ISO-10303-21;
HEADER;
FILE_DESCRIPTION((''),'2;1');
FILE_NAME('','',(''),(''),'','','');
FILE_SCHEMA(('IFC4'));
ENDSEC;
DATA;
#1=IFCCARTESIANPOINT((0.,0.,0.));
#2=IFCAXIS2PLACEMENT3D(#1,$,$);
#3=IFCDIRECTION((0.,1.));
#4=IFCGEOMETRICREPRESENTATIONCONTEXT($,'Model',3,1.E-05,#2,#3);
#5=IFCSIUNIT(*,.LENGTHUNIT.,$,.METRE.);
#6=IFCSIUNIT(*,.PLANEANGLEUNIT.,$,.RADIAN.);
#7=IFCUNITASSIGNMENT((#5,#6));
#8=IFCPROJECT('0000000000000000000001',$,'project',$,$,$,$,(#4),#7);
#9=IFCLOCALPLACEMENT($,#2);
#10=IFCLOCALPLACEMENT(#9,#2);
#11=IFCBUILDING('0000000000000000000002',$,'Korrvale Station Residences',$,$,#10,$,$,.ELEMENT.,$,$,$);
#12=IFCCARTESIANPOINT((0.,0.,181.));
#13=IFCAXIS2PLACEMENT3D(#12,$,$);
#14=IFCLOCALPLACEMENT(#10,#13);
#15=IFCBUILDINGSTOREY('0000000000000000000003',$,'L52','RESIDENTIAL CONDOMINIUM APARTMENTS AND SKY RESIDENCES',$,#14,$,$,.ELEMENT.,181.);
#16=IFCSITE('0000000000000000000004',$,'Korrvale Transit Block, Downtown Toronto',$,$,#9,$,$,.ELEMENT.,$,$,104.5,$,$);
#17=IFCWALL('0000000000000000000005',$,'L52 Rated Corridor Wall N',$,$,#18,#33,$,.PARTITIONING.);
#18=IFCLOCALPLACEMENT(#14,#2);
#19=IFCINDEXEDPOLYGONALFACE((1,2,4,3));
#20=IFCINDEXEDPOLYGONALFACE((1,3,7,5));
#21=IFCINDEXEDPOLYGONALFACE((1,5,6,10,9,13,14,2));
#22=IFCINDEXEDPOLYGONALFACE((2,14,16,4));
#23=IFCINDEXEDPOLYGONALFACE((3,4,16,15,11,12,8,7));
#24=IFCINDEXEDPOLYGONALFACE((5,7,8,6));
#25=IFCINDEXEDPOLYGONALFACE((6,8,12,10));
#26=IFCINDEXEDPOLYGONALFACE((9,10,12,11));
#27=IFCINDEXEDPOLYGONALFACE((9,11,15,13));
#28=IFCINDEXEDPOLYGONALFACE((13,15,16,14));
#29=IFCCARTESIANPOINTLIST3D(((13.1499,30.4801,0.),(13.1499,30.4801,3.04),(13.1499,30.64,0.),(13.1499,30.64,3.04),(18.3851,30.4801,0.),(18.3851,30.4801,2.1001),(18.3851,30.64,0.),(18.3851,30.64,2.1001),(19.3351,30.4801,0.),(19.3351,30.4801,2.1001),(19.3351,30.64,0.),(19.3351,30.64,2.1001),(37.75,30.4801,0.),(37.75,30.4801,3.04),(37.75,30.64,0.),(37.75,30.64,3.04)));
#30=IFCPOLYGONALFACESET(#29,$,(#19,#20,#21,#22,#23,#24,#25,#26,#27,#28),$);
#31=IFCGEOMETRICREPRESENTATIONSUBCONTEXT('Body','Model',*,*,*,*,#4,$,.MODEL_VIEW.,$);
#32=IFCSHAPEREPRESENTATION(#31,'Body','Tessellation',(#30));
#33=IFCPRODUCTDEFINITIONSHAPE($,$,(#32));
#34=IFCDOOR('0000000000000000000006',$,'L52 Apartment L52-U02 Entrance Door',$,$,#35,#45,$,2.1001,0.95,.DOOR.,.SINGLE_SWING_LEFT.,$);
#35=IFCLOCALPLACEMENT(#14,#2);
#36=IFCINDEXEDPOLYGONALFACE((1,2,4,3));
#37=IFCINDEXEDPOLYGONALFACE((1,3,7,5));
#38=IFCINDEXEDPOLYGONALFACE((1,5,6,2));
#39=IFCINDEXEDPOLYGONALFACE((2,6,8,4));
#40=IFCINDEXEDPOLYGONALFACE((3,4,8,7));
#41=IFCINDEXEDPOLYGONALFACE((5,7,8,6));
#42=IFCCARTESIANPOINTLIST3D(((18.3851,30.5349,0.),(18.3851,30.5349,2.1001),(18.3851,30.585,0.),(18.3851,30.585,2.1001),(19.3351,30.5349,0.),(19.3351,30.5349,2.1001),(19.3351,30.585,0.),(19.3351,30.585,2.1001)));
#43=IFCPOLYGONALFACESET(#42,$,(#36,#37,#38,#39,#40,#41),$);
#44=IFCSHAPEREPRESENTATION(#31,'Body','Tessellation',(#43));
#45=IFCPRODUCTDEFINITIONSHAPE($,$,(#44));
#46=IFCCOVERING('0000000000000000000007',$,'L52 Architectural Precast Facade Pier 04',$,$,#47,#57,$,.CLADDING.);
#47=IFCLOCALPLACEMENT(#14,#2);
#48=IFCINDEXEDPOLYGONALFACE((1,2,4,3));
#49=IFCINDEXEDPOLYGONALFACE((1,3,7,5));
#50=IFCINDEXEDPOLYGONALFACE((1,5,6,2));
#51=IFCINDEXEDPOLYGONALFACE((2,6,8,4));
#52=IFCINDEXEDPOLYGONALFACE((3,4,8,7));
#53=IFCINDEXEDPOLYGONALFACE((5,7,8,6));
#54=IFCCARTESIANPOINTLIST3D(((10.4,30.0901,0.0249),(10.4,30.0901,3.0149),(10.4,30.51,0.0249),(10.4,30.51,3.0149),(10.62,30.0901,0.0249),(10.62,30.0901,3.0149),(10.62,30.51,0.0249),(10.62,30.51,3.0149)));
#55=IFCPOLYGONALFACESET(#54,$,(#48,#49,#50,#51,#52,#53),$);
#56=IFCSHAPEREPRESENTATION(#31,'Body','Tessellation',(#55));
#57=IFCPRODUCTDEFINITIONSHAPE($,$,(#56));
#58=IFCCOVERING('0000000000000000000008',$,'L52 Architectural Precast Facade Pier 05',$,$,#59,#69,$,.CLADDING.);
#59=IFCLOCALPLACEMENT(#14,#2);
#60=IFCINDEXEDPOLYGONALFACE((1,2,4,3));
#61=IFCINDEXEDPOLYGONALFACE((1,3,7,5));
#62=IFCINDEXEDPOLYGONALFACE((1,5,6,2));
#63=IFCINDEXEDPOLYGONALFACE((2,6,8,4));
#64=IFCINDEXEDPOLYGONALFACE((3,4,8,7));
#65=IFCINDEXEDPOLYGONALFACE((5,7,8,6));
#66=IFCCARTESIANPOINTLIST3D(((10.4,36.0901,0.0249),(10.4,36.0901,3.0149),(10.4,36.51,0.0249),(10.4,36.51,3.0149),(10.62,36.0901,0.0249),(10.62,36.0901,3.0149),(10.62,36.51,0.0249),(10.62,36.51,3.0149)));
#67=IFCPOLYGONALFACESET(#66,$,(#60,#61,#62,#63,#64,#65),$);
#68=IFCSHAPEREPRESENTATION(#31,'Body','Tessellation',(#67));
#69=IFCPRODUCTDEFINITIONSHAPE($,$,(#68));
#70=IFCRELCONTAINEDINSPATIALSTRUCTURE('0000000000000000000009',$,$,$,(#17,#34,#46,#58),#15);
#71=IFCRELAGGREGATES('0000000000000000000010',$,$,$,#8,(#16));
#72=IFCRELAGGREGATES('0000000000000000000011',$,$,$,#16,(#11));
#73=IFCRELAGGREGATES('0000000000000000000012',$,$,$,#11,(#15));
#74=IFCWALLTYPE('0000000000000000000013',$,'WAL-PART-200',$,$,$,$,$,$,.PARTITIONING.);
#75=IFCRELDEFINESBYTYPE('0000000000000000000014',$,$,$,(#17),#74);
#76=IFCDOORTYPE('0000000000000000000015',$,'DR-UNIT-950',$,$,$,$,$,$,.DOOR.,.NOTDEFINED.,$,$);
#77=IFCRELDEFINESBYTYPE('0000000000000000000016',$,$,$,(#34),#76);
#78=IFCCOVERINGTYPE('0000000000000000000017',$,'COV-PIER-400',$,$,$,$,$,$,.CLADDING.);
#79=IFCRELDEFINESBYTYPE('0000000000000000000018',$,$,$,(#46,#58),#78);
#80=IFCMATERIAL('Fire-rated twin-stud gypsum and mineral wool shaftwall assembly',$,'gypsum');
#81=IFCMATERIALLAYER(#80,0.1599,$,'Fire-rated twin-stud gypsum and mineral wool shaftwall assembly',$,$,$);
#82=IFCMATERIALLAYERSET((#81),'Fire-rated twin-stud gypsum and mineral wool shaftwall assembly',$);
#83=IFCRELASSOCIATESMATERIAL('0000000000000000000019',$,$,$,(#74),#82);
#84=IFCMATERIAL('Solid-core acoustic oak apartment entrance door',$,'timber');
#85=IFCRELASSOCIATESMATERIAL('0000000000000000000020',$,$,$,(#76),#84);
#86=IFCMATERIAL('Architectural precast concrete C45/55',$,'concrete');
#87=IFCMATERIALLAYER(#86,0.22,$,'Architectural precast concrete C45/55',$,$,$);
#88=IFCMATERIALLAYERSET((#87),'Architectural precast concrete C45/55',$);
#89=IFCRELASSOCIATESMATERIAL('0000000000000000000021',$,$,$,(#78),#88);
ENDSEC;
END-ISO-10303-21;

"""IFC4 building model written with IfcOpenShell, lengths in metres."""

from ifc_helpers import new_model, si_unit, direction, frame, frame_2d, origin, origin_2d, place, context, subcontext, project, spatial, rectangle, extrude, material, layer, layer_set, type_object, element, fill, save


model = new_model("IFC4")

# Units and contexts
model_context = context("Model", 3, precision=1e-05, world=origin(), true_north=direction((0.0, 1.0)))
body_context = subcontext(model_context, "Body", "Model", "MODEL_VIEW")
ifc_project = project(units=[si_unit("LENGTHUNIT", "METRE"), si_unit("PLANEANGLEUNIT", "RADIAN")], contexts=[model_context])

# Site, building, storey
site_placement = place(None, origin())
site = spatial("IfcSite", under=ifc_project, at=site_placement, Name="Korrvale Transit Block, Downtown Toronto", CompositionType="ELEMENT", RefElevation=104.5)
building_placement = place(site_placement, origin())
building = spatial("IfcBuilding", under=site, at=building_placement, Name="Korrvale Station Residences", CompositionType="ELEMENT")
storey_placement = place(building_placement, frame((0.0, 0.0, 181.0)))
storey = spatial("IfcBuildingStorey", under=building, at=storey_placement, Name="L52", Description="RESIDENTIAL CONDOMINIUM APARTMENTS AND SKY RESIDENCES", CompositionType="ELEMENT", Elevation=181.0)

# Shared definitions
ifc_material_1 = material(Name="Fire-rated twin-stud gypsum and mineral wool shaftwall assembly", Category="gypsum")
ifc_layer_1 = layer(ifc_material_1, 0.1599, Name="Fire-rated twin-stud gypsum and mineral wool shaftwall assembly")
ifc_layer_set_1 = layer_set([ifc_layer_1], Name="Fire-rated twin-stud gypsum and mineral wool shaftwall assembly")
wall_type_1 = type_object("IfcWallType", Name="WAL-PART-200", PredefinedType="PARTITIONING", material=ifc_layer_set_1)

# Wall, opening, door
wall_1_placement = place(storey_placement, frame((13.1499, 30.5601, 0.0), z_axis=(0.0, 0.0, 1.0), x_axis=(1.0, 0.0, 0.0)))
wall_1 = element("IfcWall", 1, at=wall_1_placement, inside=storey, type_object=wall_type_1, Name="L52 Rated Corridor Wall N", PredefinedType="PARTITIONING", context=body_context, shape_type="SweptSolid", body=[
    extrude(rectangle(XDim=24.6001, YDim=0.1599, at=frame_2d((12.3, 0.0))), origin(), (0.0, 0.0, 1.0), 3.04),
])
opening_1_placement = place(wall_1_placement, frame((5.2351, 0.0, 0.0)))
opening_1 = element("IfcOpeningElement", 2, at=opening_1_placement, cuts=wall_1, PredefinedType="OPENING", context=body_context, shape_type="SweptSolid", body=[
    extrude(rectangle(XDim=0.95, YDim=2.1001, at=frame_2d((0.4751, 1.05))), frame((0.0, 0.0898, 0.0), z_axis=(0.0, -1.0, 0.0), x_axis=(1.0, 0.0, 0.0)), (0.0, 0.0, 1.0), 0.1799),
])
ifc_material_2 = material(Name="Solid-core acoustic oak apartment entrance door", Category="timber")
door_type_1 = type_object("IfcDoorType", Name="DR-UNIT-950", OperationType="NOTDEFINED", PredefinedType="DOOR", material=ifc_material_2)
door_1_placement = place(opening_1_placement, origin())
door_1 = element("IfcDoor", 3, at=door_1_placement, inside=storey, type_object=door_type_1, Name="L52 Apartment L52-U02 Entrance Door", OperationType="SINGLE_SWING_LEFT", OverallHeight=2.1001, OverallWidth=0.95, PredefinedType="DOOR", context=body_context, shape_type="SweptSolid", body=[
    extrude(rectangle(XDim=0.95, YDim=2.1001, at=frame_2d((0.4751, 1.05))), frame((0.0, 0.0249, 0.0), z_axis=(0.0, -1.0, 0.0), x_axis=(1.0, 0.0, 0.0)), (0.0, 0.0, 1.0), 0.05),
])
fill(opening_1, door_1)

# Coverings
ifc_material_3 = material(Name="Architectural precast concrete C45/55", Category="concrete")
ifc_layer_2 = layer(ifc_material_3, 0.22, Name="Architectural precast concrete C45/55")
ifc_layer_set_2 = layer_set([ifc_layer_2], Name="Architectural precast concrete C45/55")
covering_type = type_object("IfcCoveringType", Name="COV-PIER-400", PredefinedType="CLADDING", material=ifc_layer_set_2)
for number, where, z_axis, x_axis, name in (
    (4, (10.51, 30.3, 0.0249), (0.0, 0.0, 1.0), (0.0, 1.0, 0.0), "L52 Architectural Precast Facade Pier 04"),
    (5, (10.51, 36.3, 0.0249), (0.0, 0.0, 1.0), (0.0, 1.0, 0.0), "L52 Architectural Precast Facade Pier 05"),
):
    element("IfcCovering", number, at=place(storey_placement, frame(where, z_axis=z_axis, x_axis=x_axis)), inside=storey, type_object=covering_type, Name=name, PredefinedType="CLADDING", context=body_context, shape_type="SweptSolid", body=[
        extrude(rectangle(XDim=0.4199, YDim=0.22, at=origin_2d()), origin(), (0.0, 0.0, 1.0), 2.99),
    ])

save(model, "model.ifc")
